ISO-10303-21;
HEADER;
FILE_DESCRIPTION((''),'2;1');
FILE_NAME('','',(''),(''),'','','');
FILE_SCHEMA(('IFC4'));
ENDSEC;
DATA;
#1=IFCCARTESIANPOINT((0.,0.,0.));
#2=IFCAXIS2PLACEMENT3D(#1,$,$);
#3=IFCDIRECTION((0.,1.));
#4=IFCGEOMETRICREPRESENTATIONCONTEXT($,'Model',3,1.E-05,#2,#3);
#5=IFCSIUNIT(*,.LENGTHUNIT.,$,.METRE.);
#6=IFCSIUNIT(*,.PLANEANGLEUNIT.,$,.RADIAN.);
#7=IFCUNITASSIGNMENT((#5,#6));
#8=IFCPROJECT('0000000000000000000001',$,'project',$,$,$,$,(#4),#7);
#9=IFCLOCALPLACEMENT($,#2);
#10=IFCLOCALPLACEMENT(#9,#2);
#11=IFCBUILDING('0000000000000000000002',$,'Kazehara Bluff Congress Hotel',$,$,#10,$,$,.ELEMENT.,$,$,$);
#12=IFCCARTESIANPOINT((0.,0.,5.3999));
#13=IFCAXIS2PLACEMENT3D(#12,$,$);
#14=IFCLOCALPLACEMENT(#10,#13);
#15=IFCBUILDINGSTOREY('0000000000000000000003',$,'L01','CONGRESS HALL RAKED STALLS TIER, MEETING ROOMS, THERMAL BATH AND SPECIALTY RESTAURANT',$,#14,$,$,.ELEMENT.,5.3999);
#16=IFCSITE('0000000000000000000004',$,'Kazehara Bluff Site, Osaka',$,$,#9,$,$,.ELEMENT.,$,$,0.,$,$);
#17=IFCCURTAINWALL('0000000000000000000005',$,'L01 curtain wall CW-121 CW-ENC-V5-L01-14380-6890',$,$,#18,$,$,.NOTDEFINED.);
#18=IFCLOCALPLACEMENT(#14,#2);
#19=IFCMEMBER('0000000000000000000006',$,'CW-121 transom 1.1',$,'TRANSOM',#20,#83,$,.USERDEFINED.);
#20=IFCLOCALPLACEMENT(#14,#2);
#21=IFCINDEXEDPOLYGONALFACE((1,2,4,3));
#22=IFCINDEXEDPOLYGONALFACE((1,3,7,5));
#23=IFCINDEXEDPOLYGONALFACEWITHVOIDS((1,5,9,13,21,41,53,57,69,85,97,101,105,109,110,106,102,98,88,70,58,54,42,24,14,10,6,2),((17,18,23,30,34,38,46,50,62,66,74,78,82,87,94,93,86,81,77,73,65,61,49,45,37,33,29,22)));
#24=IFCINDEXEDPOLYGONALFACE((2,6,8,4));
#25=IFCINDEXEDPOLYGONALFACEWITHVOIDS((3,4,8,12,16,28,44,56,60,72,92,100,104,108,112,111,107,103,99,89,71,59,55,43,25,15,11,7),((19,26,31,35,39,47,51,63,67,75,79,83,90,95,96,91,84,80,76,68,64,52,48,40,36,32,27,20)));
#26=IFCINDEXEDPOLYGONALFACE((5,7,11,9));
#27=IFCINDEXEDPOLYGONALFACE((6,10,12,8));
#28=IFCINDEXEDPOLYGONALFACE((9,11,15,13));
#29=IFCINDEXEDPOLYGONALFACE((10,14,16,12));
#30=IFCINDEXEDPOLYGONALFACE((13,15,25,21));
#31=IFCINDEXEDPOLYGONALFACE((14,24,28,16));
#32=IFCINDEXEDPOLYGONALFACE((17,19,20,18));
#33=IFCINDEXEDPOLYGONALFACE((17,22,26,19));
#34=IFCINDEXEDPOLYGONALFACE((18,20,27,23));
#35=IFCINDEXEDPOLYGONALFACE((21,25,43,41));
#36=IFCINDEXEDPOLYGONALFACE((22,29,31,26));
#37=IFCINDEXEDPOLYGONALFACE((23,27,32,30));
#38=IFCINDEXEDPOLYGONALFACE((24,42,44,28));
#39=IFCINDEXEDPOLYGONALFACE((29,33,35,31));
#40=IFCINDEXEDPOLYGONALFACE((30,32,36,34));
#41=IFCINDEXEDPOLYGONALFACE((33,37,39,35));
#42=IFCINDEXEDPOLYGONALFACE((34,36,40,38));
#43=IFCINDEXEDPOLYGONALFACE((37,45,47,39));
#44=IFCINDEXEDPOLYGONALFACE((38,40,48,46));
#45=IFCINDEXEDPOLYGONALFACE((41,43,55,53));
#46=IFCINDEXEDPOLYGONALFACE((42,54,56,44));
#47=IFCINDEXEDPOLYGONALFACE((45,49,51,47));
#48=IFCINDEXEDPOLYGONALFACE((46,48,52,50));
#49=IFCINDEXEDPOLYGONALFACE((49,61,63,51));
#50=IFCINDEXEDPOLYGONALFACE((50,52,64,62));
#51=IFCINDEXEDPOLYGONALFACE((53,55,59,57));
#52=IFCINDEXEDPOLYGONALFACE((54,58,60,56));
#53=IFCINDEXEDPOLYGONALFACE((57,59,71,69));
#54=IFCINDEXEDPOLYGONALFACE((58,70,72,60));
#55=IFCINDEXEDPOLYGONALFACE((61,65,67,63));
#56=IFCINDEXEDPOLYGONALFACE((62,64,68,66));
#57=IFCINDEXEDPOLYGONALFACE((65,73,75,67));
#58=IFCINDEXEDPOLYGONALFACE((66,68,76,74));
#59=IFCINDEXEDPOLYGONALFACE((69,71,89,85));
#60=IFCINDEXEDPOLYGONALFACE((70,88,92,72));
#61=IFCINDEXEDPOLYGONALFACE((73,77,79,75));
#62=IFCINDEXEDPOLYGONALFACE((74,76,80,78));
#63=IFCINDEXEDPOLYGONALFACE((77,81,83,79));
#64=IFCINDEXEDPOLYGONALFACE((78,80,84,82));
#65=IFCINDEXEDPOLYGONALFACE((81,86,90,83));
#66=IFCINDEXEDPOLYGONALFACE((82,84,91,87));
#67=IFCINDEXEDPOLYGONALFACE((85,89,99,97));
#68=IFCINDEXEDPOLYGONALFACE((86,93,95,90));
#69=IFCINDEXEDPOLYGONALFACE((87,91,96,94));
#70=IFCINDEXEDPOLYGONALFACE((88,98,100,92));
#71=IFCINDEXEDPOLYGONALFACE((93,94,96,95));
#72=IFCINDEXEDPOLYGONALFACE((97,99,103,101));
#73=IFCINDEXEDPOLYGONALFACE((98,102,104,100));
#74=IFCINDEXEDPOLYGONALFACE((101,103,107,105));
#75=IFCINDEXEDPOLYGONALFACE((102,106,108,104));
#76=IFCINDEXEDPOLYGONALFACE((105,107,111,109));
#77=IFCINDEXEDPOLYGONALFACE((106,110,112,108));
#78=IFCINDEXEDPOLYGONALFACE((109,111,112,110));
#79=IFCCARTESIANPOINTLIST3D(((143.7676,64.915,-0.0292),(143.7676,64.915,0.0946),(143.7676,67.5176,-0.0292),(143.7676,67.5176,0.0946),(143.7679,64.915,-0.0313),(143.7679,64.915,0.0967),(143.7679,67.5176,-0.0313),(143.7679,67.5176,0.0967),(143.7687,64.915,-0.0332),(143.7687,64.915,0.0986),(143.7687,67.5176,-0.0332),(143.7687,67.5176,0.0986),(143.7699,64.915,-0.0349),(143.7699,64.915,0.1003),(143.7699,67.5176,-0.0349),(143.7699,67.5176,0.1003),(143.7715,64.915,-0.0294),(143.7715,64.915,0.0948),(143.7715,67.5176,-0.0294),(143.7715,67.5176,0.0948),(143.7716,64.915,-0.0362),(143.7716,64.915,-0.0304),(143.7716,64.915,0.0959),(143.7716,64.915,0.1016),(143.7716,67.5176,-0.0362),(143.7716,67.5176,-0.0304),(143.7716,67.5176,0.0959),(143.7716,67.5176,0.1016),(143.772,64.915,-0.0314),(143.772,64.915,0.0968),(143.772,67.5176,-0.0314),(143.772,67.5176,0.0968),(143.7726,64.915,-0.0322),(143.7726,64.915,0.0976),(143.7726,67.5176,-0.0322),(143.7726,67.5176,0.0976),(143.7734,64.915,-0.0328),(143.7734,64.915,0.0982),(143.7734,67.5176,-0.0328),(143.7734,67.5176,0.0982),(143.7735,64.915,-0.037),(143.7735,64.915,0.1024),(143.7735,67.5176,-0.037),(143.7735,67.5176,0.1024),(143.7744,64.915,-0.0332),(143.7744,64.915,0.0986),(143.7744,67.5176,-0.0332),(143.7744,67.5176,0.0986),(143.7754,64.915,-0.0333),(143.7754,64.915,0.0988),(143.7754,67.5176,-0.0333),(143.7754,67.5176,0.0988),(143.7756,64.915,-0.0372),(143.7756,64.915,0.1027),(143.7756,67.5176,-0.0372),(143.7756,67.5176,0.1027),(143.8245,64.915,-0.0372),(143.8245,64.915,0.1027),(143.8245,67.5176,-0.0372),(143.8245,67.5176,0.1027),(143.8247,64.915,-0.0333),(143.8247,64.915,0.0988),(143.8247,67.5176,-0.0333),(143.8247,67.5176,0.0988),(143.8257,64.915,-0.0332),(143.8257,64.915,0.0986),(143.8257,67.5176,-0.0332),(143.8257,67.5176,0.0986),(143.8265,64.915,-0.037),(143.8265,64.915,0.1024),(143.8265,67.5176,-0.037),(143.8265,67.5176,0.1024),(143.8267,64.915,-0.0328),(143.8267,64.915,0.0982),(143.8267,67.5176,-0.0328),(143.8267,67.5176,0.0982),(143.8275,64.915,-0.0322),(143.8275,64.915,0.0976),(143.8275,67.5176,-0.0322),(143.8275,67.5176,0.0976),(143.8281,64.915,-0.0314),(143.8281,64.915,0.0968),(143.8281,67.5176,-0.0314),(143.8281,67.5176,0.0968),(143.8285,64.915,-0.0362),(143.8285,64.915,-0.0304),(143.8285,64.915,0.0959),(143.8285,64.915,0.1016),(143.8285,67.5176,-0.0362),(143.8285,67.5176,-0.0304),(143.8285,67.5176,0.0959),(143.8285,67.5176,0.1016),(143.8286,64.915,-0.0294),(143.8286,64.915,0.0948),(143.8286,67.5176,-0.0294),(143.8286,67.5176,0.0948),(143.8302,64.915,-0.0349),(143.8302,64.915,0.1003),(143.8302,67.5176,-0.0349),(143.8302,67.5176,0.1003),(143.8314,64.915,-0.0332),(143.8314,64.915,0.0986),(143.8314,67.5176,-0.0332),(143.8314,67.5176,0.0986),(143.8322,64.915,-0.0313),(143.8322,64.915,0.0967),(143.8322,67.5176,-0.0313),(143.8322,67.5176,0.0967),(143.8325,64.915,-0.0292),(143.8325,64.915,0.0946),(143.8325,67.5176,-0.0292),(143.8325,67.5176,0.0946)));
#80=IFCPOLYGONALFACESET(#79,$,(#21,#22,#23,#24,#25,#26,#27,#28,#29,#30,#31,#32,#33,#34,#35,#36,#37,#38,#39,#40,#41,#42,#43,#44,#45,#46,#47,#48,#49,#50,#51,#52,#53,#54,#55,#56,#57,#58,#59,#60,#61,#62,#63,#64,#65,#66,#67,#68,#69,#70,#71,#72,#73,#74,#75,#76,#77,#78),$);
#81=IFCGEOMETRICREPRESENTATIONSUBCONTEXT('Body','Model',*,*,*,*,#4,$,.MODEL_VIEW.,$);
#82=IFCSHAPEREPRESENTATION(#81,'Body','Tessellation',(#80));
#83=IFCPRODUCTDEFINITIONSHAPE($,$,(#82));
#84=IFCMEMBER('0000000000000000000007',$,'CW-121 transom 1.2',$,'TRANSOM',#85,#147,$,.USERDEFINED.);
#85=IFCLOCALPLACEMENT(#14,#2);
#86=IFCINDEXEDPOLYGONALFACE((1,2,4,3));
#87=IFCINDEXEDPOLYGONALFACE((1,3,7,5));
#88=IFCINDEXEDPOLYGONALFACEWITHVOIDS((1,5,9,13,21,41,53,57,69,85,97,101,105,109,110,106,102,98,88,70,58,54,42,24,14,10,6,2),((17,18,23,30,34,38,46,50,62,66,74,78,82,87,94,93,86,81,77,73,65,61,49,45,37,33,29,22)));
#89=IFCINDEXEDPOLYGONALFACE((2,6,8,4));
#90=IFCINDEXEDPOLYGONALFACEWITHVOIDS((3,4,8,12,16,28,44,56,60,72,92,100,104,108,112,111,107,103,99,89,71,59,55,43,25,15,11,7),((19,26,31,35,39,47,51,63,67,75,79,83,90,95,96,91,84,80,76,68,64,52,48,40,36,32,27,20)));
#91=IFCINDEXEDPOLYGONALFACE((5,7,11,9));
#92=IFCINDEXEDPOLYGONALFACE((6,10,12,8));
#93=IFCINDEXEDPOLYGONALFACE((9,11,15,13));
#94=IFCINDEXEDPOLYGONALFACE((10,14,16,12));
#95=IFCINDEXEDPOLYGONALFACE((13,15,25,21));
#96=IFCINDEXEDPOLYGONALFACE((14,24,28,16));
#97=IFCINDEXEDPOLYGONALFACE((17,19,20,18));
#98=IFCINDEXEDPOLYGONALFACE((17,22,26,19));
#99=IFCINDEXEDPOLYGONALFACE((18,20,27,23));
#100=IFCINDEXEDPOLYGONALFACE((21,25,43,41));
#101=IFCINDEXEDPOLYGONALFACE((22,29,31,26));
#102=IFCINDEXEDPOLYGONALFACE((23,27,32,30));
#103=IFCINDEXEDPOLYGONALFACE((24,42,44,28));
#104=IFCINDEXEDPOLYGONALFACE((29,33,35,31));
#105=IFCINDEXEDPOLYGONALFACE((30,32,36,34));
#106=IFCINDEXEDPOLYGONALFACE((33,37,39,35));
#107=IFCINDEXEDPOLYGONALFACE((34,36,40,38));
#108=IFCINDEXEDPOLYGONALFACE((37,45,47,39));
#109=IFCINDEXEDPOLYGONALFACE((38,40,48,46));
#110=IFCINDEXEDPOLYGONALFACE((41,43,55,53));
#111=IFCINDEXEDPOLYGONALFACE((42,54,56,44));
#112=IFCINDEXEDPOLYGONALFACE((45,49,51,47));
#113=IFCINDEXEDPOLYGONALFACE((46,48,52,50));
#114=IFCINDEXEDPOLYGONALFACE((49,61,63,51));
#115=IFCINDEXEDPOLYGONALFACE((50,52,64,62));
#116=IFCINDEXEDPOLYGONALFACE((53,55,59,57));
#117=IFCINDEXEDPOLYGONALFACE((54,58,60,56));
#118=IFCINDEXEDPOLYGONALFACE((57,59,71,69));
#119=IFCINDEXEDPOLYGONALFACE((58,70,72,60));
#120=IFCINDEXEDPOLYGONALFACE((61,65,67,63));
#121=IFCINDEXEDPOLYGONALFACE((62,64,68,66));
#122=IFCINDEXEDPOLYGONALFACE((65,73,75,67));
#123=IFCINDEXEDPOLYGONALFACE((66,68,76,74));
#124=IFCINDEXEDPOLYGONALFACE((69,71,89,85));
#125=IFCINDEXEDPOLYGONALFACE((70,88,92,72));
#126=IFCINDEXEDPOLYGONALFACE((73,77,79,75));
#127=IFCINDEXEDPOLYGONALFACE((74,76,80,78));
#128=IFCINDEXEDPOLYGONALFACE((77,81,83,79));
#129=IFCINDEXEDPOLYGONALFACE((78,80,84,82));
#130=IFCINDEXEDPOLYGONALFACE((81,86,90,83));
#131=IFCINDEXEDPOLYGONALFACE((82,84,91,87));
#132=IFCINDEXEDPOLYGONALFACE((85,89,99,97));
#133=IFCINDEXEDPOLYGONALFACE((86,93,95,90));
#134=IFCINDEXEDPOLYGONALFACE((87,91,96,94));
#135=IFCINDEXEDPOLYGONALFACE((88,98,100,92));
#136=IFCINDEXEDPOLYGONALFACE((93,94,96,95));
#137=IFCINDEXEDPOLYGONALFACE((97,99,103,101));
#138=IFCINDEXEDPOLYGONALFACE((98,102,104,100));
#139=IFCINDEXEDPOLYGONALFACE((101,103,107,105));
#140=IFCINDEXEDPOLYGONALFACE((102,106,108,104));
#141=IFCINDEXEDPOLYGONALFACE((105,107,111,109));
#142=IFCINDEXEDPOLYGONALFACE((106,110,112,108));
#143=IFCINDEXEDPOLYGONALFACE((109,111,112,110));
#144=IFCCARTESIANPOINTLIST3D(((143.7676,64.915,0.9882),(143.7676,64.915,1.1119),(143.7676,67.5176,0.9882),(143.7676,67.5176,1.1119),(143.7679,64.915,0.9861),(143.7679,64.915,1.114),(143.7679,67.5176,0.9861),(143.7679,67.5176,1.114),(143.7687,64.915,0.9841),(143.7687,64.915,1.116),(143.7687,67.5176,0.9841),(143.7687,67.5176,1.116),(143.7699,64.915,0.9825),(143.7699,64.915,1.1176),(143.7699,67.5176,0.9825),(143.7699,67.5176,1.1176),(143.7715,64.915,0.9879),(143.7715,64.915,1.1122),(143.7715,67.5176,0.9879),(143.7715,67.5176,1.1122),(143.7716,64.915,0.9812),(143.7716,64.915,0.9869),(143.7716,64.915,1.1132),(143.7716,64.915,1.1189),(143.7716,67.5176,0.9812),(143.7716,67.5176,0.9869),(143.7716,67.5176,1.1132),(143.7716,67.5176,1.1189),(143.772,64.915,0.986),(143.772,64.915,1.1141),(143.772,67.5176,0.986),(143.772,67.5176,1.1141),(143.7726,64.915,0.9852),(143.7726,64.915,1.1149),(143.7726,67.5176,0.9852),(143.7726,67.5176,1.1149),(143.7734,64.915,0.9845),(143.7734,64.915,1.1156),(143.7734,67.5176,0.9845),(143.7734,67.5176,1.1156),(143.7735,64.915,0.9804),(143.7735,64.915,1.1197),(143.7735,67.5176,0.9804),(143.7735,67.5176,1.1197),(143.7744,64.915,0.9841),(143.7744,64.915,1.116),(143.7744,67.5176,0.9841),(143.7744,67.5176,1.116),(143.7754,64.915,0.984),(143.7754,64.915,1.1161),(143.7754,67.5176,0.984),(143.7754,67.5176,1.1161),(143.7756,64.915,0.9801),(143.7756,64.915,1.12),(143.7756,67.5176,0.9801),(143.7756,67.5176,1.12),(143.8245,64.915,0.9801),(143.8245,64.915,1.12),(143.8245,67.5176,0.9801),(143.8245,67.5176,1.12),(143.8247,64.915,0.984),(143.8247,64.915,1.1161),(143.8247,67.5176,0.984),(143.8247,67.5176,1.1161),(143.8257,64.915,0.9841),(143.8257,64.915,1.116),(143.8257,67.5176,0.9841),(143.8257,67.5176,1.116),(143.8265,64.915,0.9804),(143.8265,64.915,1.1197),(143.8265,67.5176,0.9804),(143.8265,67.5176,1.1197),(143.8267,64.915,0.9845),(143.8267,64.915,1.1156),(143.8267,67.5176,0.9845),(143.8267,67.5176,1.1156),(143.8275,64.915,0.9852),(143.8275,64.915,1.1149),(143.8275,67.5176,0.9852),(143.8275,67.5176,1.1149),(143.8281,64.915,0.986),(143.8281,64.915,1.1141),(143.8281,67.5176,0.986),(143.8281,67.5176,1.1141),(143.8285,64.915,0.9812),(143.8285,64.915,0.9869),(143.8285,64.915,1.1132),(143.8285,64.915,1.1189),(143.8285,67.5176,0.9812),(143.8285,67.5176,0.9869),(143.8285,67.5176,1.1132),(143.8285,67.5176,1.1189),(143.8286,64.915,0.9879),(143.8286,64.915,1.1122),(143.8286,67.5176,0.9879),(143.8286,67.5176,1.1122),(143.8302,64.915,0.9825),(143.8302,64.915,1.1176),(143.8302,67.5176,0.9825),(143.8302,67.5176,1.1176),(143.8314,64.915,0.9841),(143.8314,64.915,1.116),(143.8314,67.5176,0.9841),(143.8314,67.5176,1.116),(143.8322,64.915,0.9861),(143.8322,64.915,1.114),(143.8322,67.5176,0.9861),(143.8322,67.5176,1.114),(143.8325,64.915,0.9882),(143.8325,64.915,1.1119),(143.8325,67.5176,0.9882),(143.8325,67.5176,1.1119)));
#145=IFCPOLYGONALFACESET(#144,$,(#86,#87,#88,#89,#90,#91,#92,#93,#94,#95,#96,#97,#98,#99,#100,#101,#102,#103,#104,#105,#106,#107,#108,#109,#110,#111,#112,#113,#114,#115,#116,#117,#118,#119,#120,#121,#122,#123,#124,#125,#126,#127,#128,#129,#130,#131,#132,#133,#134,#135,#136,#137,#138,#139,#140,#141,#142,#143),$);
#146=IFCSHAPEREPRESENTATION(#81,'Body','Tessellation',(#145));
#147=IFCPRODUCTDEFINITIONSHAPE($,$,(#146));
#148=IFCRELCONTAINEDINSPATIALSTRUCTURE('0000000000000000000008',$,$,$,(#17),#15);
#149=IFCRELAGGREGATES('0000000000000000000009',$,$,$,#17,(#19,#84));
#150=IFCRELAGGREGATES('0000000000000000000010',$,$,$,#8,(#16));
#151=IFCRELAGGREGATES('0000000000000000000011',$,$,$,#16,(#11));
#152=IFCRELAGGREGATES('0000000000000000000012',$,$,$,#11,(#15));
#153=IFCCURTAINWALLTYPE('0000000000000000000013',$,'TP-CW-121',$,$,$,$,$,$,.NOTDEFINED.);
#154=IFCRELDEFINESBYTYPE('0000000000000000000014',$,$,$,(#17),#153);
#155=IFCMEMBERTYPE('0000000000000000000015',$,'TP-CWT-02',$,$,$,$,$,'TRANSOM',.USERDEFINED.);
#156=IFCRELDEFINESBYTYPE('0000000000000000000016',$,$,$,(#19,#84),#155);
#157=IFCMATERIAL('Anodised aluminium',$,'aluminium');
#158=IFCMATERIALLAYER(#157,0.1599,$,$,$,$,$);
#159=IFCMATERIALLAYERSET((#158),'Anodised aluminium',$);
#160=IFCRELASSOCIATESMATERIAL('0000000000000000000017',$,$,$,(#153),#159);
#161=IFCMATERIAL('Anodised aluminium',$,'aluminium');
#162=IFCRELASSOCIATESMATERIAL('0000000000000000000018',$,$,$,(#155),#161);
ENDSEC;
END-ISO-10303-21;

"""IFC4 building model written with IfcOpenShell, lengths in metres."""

from ifc_helpers import new_model, si_unit, direction, frame, origin, origin_2d, place, context, subcontext, project, spatial, hollow_rectangle, extrude, material, layer, layer_set, material_profile, profile_set, type_object, element, aggregate, save


model = new_model("IFC4")

# Units and contexts
model_context = context("Model", 3, precision=1e-05, world=origin(), true_north=direction((0.0, 1.0)))
body_context = subcontext(model_context, "Body", "Model", "MODEL_VIEW")
ifc_project = project(units=[si_unit("LENGTHUNIT", "METRE"), si_unit("PLANEANGLEUNIT", "RADIAN")], contexts=[model_context])

# Site, building, storey
site_placement = place(None, origin())
site = spatial("IfcSite", under=ifc_project, at=site_placement, Name="Kazehara Bluff Site, Osaka", CompositionType="ELEMENT", RefElevation=0.0)
building_placement = place(site_placement, origin())
building = spatial("IfcBuilding", under=site, at=building_placement, Name="Kazehara Bluff Congress Hotel", CompositionType="ELEMENT")
storey_placement = place(building_placement, frame((0.0, 0.0, 5.3999)))
storey = spatial("IfcBuildingStorey", under=building, at=storey_placement, Name="L01", Description="CONGRESS HALL RAKED STALLS TIER, MEETING ROOMS, THERMAL BATH AND SPECIALTY RESTAURANT", CompositionType="ELEMENT", Elevation=5.3999)

# Curtain wall
ifc_material_1 = material(Name="Anodised aluminium", Category="aluminium")
ifc_layer_1 = layer(ifc_material_1, 0.1599)
ifc_layer_set_1 = layer_set([ifc_layer_1], Name="Anodised aluminium")
curtain_wall_type_1 = type_object("IfcCurtainWallType", Name="TP-CW-121", PredefinedType="NOTDEFINED", material=ifc_layer_set_1)
curtain_wall_1_placement = place(storey_placement, origin())
curtain_wall_1 = element("IfcCurtainWall", 1, at=curtain_wall_1_placement, inside=storey, type_object=curtain_wall_type_1, Name="L01 curtain wall CW-121 CW-ENC-V5-L01-14380-6890", PredefinedType="NOTDEFINED")

# Members
ifc_material_2 = material(Name="Anodised aluminium", Category="aluminium")
ifc_material_profile_1 = material_profile(ifc_material_2, hollow_rectangle(XDim=0.0649, YDim=0.1399, WallThickness=0.0039, InnerFilletRadius=0.0039, OuterFilletRadius=0.0081, at=origin_2d()))
ifc_profile_set_1 = profile_set([ifc_material_profile_1], Name="Anodised aluminium")
member_type_1 = type_object("IfcMemberType", Name="TP-CWT-02", ElementType="TRANSOM", PredefinedType="USERDEFINED", material=ifc_profile_set_1)
member_1_placement = place(storey_placement, frame((143.8, 64.915, 0.0327), z_axis=(0.0, 1.0, 0.0), x_axis=(-1.0, 0.0, 0.0)))
member_1 = element("IfcMember", 2, at=member_1_placement, type_object=member_type_1, Name="CW-121 transom 1.1", ObjectType="TRANSOM", PredefinedType="USERDEFINED", context=body_context, shape_type="SweptSolid", body=[
    extrude(hollow_rectangle(XDim=0.0649, YDim=0.1399, WallThickness=0.0039, InnerFilletRadius=0.0039, OuterFilletRadius=0.0081, at=origin_2d()), origin(), (0.0, 0.0, 1.0), 2.6025),
])
member_2_placement = place(storey_placement, frame((143.8, 64.915, 1.05), z_axis=(0.0, 1.0, 0.0), x_axis=(-1.0, 0.0, 0.0)))
member_2 = element("IfcMember", 3, at=member_2_placement, type_object=member_type_1, Name="CW-121 transom 1.2", ObjectType="TRANSOM", PredefinedType="USERDEFINED", context=body_context, shape_type="SweptSolid", body=[
    extrude(hollow_rectangle(XDim=0.0649, YDim=0.1399, WallThickness=0.0039, InnerFilletRadius=0.0039, OuterFilletRadius=0.0081, at=origin_2d()), origin(), (0.0, 0.0, 1.0), 2.6025),
])

aggregate(curtain_wall_1, [member_1, member_2])

save(model, "model.ifc")
